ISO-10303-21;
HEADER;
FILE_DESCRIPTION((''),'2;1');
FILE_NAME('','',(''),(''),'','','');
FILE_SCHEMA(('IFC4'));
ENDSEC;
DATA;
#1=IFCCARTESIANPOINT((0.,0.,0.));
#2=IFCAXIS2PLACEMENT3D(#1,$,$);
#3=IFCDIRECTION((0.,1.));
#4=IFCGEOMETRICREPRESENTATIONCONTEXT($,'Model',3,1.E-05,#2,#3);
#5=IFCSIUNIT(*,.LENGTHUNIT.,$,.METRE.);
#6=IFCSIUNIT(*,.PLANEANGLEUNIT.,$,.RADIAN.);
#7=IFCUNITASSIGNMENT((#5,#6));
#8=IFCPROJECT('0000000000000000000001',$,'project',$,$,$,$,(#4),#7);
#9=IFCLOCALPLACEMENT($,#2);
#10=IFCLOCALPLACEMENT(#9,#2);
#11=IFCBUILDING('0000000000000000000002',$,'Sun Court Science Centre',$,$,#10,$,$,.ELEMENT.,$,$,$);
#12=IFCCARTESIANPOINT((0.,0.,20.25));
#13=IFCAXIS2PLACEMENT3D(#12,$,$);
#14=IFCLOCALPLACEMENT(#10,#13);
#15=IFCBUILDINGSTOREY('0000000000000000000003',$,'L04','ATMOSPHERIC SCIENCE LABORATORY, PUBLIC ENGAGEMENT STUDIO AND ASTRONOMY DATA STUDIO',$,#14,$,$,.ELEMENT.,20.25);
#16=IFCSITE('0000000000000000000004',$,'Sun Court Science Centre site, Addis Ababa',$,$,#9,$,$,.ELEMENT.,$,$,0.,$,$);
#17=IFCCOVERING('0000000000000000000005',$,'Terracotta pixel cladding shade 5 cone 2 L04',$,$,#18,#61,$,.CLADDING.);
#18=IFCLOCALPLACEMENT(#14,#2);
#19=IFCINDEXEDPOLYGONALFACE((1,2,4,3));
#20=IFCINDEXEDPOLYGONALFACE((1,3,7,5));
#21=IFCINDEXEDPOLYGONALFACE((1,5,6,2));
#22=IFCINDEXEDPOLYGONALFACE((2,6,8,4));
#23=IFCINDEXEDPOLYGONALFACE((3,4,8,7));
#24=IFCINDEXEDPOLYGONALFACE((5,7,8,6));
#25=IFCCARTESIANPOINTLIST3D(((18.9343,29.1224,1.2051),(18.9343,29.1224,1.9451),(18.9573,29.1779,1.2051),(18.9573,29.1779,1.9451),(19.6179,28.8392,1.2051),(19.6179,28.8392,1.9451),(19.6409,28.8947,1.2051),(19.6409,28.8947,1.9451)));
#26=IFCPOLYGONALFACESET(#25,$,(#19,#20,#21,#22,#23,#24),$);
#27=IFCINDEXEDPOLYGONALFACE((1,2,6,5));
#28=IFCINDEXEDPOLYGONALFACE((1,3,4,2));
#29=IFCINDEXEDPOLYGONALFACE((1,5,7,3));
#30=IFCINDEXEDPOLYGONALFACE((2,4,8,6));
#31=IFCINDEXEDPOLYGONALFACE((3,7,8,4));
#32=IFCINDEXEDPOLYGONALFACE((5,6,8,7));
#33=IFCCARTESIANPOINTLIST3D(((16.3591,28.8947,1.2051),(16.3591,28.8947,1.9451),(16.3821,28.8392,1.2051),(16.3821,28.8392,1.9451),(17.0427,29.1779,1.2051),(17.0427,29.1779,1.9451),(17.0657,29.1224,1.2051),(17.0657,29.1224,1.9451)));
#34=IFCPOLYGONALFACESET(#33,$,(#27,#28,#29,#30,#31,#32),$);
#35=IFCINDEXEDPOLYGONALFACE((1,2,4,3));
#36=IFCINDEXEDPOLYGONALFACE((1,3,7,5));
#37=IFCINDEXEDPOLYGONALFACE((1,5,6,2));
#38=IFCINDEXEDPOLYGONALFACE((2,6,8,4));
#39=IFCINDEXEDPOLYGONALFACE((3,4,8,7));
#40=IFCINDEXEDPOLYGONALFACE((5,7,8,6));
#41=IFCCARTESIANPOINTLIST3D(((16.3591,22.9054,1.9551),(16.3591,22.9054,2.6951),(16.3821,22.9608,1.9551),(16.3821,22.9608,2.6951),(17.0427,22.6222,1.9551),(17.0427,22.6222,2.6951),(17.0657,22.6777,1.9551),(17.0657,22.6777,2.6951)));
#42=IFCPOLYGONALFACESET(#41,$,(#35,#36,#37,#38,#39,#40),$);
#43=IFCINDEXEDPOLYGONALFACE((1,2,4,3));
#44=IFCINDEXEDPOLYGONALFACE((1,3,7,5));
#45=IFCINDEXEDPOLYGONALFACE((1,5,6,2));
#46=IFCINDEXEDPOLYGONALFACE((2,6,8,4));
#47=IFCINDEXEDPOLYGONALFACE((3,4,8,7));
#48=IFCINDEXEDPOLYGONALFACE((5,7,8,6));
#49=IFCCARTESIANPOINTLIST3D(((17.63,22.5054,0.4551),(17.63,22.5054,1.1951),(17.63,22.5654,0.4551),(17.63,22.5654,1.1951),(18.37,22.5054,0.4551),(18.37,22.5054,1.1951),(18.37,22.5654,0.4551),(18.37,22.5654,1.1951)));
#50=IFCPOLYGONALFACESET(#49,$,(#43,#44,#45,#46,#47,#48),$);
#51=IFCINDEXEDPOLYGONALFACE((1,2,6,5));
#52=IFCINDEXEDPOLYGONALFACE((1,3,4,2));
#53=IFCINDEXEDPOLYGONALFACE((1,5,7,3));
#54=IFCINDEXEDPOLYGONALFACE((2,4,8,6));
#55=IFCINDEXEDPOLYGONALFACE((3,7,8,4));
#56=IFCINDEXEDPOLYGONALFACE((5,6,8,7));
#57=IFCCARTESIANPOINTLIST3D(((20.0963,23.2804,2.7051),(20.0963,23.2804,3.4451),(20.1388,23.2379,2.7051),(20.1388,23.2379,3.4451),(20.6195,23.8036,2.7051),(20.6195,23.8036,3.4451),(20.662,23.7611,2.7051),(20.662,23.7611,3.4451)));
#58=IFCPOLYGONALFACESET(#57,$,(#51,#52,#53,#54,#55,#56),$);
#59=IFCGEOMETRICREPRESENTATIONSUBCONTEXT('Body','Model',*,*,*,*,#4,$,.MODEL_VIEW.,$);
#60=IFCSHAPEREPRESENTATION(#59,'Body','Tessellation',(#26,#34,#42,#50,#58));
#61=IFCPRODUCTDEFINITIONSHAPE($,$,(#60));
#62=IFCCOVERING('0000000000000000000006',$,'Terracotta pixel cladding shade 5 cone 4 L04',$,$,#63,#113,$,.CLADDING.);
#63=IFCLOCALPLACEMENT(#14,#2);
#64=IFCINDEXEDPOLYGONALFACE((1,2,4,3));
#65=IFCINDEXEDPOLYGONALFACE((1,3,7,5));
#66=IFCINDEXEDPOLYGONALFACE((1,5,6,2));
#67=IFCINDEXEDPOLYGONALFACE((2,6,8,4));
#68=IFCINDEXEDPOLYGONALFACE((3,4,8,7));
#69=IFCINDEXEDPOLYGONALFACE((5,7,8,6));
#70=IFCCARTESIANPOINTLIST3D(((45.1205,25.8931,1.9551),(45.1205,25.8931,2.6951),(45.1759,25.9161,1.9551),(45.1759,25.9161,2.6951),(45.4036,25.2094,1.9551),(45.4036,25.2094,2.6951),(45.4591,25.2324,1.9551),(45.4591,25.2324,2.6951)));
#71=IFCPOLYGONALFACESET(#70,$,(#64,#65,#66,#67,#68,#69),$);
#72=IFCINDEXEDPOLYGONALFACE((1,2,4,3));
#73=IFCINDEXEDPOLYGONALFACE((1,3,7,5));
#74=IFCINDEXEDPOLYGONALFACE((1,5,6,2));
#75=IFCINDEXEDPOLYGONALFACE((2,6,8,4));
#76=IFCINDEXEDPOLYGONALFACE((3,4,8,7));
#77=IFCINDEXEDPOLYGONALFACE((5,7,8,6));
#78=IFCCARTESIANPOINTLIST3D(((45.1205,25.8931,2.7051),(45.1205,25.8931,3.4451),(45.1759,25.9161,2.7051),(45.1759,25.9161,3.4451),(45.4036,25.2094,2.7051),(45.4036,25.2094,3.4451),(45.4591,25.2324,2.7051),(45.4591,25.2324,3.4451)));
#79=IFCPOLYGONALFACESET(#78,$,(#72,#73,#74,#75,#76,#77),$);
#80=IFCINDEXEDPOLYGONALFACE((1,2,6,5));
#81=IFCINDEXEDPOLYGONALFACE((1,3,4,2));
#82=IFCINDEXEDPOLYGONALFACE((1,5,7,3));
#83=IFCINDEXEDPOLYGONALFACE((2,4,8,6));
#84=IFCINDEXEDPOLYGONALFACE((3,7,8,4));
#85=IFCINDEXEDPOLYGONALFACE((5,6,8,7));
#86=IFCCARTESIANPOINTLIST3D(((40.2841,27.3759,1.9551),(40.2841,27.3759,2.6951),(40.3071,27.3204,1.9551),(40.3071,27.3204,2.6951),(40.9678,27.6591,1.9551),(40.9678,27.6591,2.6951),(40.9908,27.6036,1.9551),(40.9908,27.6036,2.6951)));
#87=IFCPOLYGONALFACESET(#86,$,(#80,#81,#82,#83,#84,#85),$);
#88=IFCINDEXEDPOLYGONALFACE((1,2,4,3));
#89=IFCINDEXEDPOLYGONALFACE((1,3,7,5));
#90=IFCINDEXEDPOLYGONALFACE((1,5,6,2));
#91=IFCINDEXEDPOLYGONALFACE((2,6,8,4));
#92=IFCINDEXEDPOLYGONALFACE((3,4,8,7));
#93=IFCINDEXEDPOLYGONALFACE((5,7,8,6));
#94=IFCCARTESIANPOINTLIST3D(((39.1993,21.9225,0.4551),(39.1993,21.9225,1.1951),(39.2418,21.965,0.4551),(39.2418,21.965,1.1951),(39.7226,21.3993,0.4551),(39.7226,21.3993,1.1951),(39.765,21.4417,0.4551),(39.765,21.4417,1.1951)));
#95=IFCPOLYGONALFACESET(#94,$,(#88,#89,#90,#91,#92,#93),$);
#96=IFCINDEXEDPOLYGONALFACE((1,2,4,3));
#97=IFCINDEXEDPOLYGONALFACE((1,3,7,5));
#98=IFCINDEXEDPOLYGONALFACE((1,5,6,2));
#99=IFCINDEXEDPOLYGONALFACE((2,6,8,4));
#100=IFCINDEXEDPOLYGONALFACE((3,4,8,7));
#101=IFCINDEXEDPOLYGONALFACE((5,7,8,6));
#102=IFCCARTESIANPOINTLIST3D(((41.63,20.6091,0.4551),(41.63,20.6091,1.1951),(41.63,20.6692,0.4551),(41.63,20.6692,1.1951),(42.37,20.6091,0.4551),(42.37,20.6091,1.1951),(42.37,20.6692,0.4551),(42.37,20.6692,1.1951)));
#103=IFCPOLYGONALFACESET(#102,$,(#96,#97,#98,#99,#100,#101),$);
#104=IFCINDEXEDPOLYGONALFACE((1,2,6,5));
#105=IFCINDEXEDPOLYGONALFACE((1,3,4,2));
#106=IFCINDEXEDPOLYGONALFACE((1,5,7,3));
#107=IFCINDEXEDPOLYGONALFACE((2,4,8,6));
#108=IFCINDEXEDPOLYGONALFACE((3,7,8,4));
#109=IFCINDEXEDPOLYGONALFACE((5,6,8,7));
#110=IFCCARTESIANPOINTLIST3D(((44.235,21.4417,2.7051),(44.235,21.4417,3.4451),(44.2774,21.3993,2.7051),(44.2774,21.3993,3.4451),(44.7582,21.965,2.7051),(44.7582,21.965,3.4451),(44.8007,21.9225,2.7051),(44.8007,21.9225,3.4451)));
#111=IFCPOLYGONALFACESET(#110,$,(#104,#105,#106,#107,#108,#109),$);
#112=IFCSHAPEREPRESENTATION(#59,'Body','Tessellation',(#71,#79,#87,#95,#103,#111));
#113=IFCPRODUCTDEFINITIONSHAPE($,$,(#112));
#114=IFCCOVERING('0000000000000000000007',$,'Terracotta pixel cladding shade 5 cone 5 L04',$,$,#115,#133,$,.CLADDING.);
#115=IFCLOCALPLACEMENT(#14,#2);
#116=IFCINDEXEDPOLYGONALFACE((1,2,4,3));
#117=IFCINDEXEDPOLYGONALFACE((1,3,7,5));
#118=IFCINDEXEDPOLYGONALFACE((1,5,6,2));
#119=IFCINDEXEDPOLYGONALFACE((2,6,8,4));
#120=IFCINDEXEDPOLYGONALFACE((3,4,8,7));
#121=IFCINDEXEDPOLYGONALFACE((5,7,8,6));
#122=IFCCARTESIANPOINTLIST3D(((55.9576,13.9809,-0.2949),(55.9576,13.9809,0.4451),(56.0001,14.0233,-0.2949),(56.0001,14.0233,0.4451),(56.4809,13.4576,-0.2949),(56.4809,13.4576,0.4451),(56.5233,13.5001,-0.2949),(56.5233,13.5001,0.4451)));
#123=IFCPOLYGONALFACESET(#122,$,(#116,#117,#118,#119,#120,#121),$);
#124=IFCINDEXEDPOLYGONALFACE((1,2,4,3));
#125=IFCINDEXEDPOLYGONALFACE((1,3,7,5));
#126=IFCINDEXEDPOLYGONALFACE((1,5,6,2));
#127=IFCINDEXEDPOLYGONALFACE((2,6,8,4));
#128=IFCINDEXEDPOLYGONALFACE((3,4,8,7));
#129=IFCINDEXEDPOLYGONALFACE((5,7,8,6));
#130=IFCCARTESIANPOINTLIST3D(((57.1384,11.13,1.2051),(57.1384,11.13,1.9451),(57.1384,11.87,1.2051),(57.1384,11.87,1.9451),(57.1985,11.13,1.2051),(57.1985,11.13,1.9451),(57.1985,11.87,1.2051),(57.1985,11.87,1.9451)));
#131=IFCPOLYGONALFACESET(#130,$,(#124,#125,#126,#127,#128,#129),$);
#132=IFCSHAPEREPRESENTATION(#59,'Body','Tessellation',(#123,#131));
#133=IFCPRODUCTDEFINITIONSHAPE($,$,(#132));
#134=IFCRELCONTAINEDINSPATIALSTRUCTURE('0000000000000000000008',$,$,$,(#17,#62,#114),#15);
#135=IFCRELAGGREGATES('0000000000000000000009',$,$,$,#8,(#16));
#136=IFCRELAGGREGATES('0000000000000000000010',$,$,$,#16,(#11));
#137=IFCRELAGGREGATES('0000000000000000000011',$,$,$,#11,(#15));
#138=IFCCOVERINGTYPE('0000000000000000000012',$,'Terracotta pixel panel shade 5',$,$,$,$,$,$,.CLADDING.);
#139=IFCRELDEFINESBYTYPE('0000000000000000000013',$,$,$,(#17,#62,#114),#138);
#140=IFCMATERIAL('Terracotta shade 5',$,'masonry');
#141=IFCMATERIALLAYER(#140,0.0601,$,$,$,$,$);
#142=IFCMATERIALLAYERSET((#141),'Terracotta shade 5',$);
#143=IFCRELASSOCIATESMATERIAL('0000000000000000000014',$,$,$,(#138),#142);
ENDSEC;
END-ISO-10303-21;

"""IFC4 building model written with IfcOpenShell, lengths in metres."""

from ifc_helpers import new_model, si_unit, direction, frame, origin, origin_2d, place, context, subcontext, project, spatial, rectangle, extrude, material, layer, layer_set, type_object, element, save


model = new_model("IFC4")

# Units and contexts
model_context = context("Model", 3, precision=1e-05, world=origin(), true_north=direction((0.0, 1.0)))
body_context = subcontext(model_context, "Body", "Model", "MODEL_VIEW")
ifc_project = project(units=[si_unit("LENGTHUNIT", "METRE"), si_unit("PLANEANGLEUNIT", "RADIAN")], contexts=[model_context])

# Site, building, storey
site_placement = place(None, origin())
site = spatial("IfcSite", under=ifc_project, at=site_placement, Name="Sun Court Science Centre site, Addis Ababa", CompositionType="ELEMENT", RefElevation=0.0)
building_placement = place(site_placement, origin())
building = spatial("IfcBuilding", under=site, at=building_placement, Name="Sun Court Science Centre", CompositionType="ELEMENT")
storey_placement = place(building_placement, frame((0.0, 0.0, 20.25)))
storey = spatial("IfcBuildingStorey", under=building, at=storey_placement, Name="L04", Description="ATMOSPHERIC SCIENCE LABORATORY, PUBLIC ENGAGEMENT STUDIO AND ASTRONOMY DATA STUDIO", CompositionType="ELEMENT", Elevation=20.25)

# Coverings
ifc_material_1 = material(Name="Terracotta shade 5", Category="masonry")
ifc_layer_1 = layer(ifc_material_1, 0.0601)
ifc_layer_set_1 = layer_set([ifc_layer_1], Name="Terracotta shade 5")
covering_type_1 = type_object("IfcCoveringType", Name="Terracotta pixel panel shade 5", PredefinedType="CLADDING", material=ifc_layer_set_1)
covering_1_placement = place(storey_placement, frame((0.0, 0.0, -20.25)))
element("IfcCovering", 1, at=covering_1_placement, inside=storey, type_object=covering_type_1, Name="Terracotta pixel cladding shade 5 cone 2 L04", PredefinedType="CLADDING", context=body_context, shape_type="SweptSolid", body=[
    extrude(rectangle(XDim=0.74, YDim=0.0601, at=origin_2d()), frame((19.2876, 29.0085, 21.4551), z_axis=(0.0, 0.0, 1.0), x_axis=(0.92388, -0.382683, 0.0)), (0.0, 0.0, 1.0), 0.74),
    extrude(rectangle(XDim=0.74, YDim=0.0601, at=origin_2d()), frame((16.7124, 29.0085, 21.4551), z_axis=(0.0, 0.0, 1.0), x_axis=(0.92388, 0.382683, 0.0)), (0.0, 0.0, 1.0), 0.74),
    extrude(rectangle(XDim=0.74, YDim=0.0601, at=origin_2d()), frame((16.7124, 22.7915, 22.2051), z_axis=(0.0, 0.0, 1.0), x_axis=(-0.92388, 0.382683, 0.0)), (0.0, 0.0, 1.0), 0.74),
    extrude(rectangle(XDim=0.74, YDim=0.0601, at=origin_2d()), frame((18.0, 22.5354, 20.7051), z_axis=(0.0, 0.0, 1.0), x_axis=(-1.0, 0.0, 0.0)), (0.0, 0.0, 1.0), 0.74),
    extrude(rectangle(XDim=0.74, YDim=0.0601, at=origin_2d()), frame((20.3792, 23.5208, 22.9551), z_axis=(0.0, 0.0, 1.0), x_axis=(-0.707107, -0.707107, 0.0)), (0.0, 0.0, 1.0), 0.74),
])
covering_2_placement = place(storey_placement, frame((0.0, 0.0, -20.25)))
element("IfcCovering", 2, at=covering_2_placement, inside=storey, type_object=covering_type_1, Name="Terracotta pixel cladding shade 5 cone 4 L04", PredefinedType="CLADDING", context=body_context, shape_type="SweptSolid", body=[
    extrude(rectangle(XDim=0.74, YDim=0.0601, at=origin_2d()), frame((45.2898, 25.5627, 22.2051), z_axis=(0.0, 0.0, 1.0), x_axis=(0.382683, -0.92388, 0.0)), (0.0, 0.0, 1.0), 0.74),
    extrude(rectangle(XDim=0.74, YDim=0.0601, at=origin_2d()), frame((45.2898, 25.5627, 22.9551), z_axis=(0.0, 0.0, 1.0), x_axis=(0.382683, -0.92388, 0.0)), (0.0, 0.0, 1.0), 0.74),
    extrude(rectangle(XDim=0.74, YDim=0.0601, at=origin_2d()), frame((40.6375, 27.4897, 22.2051), z_axis=(0.0, 0.0, 1.0), x_axis=(0.92388, 0.382683, 0.0)), (0.0, 0.0, 1.0), 0.74),
    extrude(rectangle(XDim=0.74, YDim=0.0601, at=origin_2d()), frame((39.4822, 21.6821, 20.7051), z_axis=(0.0, 0.0, 1.0), x_axis=(-0.707107, 0.707107, 0.0)), (0.0, 0.0, 1.0), 0.74),
    extrude(rectangle(XDim=0.74, YDim=0.0601, at=origin_2d()), frame((42.0, 20.6392, 20.7051), z_axis=(0.0, 0.0, 1.0), x_axis=(-1.0, 0.0, 0.0)), (0.0, 0.0, 1.0), 0.74),
    extrude(rectangle(XDim=0.74, YDim=0.0601, at=origin_2d()), frame((44.5178, 21.6821, 22.9551), z_axis=(0.0, 0.0, 1.0), x_axis=(-0.707107, -0.707107, 0.0)), (0.0, 0.0, 1.0), 0.74),
])
covering_3_placement = place(storey_placement, frame((0.0, 0.0, -20.25)))
element("IfcCovering", 3, at=covering_3_placement, inside=storey, type_object=covering_type_1, Name="Terracotta pixel cladding shade 5 cone 5 L04", PredefinedType="CLADDING", context=body_context, shape_type="SweptSolid", body=[
    extrude(rectangle(XDim=0.74, YDim=0.0601, at=origin_2d()), frame((56.2405, 13.7405, 19.9551), z_axis=(0.0, 0.0, 1.0), x_axis=(0.707107, -0.707107, 0.0)), (0.0, 0.0, 1.0), 0.74),
    extrude(rectangle(XDim=0.74, YDim=0.0601, at=origin_2d()), frame((57.1685, 11.5, 21.4551), z_axis=(0.0, 0.0, 1.0), x_axis=(0.0, -1.0, 0.0)), (0.0, 0.0, 1.0), 0.74),
])

save(model, "model.ifc")
